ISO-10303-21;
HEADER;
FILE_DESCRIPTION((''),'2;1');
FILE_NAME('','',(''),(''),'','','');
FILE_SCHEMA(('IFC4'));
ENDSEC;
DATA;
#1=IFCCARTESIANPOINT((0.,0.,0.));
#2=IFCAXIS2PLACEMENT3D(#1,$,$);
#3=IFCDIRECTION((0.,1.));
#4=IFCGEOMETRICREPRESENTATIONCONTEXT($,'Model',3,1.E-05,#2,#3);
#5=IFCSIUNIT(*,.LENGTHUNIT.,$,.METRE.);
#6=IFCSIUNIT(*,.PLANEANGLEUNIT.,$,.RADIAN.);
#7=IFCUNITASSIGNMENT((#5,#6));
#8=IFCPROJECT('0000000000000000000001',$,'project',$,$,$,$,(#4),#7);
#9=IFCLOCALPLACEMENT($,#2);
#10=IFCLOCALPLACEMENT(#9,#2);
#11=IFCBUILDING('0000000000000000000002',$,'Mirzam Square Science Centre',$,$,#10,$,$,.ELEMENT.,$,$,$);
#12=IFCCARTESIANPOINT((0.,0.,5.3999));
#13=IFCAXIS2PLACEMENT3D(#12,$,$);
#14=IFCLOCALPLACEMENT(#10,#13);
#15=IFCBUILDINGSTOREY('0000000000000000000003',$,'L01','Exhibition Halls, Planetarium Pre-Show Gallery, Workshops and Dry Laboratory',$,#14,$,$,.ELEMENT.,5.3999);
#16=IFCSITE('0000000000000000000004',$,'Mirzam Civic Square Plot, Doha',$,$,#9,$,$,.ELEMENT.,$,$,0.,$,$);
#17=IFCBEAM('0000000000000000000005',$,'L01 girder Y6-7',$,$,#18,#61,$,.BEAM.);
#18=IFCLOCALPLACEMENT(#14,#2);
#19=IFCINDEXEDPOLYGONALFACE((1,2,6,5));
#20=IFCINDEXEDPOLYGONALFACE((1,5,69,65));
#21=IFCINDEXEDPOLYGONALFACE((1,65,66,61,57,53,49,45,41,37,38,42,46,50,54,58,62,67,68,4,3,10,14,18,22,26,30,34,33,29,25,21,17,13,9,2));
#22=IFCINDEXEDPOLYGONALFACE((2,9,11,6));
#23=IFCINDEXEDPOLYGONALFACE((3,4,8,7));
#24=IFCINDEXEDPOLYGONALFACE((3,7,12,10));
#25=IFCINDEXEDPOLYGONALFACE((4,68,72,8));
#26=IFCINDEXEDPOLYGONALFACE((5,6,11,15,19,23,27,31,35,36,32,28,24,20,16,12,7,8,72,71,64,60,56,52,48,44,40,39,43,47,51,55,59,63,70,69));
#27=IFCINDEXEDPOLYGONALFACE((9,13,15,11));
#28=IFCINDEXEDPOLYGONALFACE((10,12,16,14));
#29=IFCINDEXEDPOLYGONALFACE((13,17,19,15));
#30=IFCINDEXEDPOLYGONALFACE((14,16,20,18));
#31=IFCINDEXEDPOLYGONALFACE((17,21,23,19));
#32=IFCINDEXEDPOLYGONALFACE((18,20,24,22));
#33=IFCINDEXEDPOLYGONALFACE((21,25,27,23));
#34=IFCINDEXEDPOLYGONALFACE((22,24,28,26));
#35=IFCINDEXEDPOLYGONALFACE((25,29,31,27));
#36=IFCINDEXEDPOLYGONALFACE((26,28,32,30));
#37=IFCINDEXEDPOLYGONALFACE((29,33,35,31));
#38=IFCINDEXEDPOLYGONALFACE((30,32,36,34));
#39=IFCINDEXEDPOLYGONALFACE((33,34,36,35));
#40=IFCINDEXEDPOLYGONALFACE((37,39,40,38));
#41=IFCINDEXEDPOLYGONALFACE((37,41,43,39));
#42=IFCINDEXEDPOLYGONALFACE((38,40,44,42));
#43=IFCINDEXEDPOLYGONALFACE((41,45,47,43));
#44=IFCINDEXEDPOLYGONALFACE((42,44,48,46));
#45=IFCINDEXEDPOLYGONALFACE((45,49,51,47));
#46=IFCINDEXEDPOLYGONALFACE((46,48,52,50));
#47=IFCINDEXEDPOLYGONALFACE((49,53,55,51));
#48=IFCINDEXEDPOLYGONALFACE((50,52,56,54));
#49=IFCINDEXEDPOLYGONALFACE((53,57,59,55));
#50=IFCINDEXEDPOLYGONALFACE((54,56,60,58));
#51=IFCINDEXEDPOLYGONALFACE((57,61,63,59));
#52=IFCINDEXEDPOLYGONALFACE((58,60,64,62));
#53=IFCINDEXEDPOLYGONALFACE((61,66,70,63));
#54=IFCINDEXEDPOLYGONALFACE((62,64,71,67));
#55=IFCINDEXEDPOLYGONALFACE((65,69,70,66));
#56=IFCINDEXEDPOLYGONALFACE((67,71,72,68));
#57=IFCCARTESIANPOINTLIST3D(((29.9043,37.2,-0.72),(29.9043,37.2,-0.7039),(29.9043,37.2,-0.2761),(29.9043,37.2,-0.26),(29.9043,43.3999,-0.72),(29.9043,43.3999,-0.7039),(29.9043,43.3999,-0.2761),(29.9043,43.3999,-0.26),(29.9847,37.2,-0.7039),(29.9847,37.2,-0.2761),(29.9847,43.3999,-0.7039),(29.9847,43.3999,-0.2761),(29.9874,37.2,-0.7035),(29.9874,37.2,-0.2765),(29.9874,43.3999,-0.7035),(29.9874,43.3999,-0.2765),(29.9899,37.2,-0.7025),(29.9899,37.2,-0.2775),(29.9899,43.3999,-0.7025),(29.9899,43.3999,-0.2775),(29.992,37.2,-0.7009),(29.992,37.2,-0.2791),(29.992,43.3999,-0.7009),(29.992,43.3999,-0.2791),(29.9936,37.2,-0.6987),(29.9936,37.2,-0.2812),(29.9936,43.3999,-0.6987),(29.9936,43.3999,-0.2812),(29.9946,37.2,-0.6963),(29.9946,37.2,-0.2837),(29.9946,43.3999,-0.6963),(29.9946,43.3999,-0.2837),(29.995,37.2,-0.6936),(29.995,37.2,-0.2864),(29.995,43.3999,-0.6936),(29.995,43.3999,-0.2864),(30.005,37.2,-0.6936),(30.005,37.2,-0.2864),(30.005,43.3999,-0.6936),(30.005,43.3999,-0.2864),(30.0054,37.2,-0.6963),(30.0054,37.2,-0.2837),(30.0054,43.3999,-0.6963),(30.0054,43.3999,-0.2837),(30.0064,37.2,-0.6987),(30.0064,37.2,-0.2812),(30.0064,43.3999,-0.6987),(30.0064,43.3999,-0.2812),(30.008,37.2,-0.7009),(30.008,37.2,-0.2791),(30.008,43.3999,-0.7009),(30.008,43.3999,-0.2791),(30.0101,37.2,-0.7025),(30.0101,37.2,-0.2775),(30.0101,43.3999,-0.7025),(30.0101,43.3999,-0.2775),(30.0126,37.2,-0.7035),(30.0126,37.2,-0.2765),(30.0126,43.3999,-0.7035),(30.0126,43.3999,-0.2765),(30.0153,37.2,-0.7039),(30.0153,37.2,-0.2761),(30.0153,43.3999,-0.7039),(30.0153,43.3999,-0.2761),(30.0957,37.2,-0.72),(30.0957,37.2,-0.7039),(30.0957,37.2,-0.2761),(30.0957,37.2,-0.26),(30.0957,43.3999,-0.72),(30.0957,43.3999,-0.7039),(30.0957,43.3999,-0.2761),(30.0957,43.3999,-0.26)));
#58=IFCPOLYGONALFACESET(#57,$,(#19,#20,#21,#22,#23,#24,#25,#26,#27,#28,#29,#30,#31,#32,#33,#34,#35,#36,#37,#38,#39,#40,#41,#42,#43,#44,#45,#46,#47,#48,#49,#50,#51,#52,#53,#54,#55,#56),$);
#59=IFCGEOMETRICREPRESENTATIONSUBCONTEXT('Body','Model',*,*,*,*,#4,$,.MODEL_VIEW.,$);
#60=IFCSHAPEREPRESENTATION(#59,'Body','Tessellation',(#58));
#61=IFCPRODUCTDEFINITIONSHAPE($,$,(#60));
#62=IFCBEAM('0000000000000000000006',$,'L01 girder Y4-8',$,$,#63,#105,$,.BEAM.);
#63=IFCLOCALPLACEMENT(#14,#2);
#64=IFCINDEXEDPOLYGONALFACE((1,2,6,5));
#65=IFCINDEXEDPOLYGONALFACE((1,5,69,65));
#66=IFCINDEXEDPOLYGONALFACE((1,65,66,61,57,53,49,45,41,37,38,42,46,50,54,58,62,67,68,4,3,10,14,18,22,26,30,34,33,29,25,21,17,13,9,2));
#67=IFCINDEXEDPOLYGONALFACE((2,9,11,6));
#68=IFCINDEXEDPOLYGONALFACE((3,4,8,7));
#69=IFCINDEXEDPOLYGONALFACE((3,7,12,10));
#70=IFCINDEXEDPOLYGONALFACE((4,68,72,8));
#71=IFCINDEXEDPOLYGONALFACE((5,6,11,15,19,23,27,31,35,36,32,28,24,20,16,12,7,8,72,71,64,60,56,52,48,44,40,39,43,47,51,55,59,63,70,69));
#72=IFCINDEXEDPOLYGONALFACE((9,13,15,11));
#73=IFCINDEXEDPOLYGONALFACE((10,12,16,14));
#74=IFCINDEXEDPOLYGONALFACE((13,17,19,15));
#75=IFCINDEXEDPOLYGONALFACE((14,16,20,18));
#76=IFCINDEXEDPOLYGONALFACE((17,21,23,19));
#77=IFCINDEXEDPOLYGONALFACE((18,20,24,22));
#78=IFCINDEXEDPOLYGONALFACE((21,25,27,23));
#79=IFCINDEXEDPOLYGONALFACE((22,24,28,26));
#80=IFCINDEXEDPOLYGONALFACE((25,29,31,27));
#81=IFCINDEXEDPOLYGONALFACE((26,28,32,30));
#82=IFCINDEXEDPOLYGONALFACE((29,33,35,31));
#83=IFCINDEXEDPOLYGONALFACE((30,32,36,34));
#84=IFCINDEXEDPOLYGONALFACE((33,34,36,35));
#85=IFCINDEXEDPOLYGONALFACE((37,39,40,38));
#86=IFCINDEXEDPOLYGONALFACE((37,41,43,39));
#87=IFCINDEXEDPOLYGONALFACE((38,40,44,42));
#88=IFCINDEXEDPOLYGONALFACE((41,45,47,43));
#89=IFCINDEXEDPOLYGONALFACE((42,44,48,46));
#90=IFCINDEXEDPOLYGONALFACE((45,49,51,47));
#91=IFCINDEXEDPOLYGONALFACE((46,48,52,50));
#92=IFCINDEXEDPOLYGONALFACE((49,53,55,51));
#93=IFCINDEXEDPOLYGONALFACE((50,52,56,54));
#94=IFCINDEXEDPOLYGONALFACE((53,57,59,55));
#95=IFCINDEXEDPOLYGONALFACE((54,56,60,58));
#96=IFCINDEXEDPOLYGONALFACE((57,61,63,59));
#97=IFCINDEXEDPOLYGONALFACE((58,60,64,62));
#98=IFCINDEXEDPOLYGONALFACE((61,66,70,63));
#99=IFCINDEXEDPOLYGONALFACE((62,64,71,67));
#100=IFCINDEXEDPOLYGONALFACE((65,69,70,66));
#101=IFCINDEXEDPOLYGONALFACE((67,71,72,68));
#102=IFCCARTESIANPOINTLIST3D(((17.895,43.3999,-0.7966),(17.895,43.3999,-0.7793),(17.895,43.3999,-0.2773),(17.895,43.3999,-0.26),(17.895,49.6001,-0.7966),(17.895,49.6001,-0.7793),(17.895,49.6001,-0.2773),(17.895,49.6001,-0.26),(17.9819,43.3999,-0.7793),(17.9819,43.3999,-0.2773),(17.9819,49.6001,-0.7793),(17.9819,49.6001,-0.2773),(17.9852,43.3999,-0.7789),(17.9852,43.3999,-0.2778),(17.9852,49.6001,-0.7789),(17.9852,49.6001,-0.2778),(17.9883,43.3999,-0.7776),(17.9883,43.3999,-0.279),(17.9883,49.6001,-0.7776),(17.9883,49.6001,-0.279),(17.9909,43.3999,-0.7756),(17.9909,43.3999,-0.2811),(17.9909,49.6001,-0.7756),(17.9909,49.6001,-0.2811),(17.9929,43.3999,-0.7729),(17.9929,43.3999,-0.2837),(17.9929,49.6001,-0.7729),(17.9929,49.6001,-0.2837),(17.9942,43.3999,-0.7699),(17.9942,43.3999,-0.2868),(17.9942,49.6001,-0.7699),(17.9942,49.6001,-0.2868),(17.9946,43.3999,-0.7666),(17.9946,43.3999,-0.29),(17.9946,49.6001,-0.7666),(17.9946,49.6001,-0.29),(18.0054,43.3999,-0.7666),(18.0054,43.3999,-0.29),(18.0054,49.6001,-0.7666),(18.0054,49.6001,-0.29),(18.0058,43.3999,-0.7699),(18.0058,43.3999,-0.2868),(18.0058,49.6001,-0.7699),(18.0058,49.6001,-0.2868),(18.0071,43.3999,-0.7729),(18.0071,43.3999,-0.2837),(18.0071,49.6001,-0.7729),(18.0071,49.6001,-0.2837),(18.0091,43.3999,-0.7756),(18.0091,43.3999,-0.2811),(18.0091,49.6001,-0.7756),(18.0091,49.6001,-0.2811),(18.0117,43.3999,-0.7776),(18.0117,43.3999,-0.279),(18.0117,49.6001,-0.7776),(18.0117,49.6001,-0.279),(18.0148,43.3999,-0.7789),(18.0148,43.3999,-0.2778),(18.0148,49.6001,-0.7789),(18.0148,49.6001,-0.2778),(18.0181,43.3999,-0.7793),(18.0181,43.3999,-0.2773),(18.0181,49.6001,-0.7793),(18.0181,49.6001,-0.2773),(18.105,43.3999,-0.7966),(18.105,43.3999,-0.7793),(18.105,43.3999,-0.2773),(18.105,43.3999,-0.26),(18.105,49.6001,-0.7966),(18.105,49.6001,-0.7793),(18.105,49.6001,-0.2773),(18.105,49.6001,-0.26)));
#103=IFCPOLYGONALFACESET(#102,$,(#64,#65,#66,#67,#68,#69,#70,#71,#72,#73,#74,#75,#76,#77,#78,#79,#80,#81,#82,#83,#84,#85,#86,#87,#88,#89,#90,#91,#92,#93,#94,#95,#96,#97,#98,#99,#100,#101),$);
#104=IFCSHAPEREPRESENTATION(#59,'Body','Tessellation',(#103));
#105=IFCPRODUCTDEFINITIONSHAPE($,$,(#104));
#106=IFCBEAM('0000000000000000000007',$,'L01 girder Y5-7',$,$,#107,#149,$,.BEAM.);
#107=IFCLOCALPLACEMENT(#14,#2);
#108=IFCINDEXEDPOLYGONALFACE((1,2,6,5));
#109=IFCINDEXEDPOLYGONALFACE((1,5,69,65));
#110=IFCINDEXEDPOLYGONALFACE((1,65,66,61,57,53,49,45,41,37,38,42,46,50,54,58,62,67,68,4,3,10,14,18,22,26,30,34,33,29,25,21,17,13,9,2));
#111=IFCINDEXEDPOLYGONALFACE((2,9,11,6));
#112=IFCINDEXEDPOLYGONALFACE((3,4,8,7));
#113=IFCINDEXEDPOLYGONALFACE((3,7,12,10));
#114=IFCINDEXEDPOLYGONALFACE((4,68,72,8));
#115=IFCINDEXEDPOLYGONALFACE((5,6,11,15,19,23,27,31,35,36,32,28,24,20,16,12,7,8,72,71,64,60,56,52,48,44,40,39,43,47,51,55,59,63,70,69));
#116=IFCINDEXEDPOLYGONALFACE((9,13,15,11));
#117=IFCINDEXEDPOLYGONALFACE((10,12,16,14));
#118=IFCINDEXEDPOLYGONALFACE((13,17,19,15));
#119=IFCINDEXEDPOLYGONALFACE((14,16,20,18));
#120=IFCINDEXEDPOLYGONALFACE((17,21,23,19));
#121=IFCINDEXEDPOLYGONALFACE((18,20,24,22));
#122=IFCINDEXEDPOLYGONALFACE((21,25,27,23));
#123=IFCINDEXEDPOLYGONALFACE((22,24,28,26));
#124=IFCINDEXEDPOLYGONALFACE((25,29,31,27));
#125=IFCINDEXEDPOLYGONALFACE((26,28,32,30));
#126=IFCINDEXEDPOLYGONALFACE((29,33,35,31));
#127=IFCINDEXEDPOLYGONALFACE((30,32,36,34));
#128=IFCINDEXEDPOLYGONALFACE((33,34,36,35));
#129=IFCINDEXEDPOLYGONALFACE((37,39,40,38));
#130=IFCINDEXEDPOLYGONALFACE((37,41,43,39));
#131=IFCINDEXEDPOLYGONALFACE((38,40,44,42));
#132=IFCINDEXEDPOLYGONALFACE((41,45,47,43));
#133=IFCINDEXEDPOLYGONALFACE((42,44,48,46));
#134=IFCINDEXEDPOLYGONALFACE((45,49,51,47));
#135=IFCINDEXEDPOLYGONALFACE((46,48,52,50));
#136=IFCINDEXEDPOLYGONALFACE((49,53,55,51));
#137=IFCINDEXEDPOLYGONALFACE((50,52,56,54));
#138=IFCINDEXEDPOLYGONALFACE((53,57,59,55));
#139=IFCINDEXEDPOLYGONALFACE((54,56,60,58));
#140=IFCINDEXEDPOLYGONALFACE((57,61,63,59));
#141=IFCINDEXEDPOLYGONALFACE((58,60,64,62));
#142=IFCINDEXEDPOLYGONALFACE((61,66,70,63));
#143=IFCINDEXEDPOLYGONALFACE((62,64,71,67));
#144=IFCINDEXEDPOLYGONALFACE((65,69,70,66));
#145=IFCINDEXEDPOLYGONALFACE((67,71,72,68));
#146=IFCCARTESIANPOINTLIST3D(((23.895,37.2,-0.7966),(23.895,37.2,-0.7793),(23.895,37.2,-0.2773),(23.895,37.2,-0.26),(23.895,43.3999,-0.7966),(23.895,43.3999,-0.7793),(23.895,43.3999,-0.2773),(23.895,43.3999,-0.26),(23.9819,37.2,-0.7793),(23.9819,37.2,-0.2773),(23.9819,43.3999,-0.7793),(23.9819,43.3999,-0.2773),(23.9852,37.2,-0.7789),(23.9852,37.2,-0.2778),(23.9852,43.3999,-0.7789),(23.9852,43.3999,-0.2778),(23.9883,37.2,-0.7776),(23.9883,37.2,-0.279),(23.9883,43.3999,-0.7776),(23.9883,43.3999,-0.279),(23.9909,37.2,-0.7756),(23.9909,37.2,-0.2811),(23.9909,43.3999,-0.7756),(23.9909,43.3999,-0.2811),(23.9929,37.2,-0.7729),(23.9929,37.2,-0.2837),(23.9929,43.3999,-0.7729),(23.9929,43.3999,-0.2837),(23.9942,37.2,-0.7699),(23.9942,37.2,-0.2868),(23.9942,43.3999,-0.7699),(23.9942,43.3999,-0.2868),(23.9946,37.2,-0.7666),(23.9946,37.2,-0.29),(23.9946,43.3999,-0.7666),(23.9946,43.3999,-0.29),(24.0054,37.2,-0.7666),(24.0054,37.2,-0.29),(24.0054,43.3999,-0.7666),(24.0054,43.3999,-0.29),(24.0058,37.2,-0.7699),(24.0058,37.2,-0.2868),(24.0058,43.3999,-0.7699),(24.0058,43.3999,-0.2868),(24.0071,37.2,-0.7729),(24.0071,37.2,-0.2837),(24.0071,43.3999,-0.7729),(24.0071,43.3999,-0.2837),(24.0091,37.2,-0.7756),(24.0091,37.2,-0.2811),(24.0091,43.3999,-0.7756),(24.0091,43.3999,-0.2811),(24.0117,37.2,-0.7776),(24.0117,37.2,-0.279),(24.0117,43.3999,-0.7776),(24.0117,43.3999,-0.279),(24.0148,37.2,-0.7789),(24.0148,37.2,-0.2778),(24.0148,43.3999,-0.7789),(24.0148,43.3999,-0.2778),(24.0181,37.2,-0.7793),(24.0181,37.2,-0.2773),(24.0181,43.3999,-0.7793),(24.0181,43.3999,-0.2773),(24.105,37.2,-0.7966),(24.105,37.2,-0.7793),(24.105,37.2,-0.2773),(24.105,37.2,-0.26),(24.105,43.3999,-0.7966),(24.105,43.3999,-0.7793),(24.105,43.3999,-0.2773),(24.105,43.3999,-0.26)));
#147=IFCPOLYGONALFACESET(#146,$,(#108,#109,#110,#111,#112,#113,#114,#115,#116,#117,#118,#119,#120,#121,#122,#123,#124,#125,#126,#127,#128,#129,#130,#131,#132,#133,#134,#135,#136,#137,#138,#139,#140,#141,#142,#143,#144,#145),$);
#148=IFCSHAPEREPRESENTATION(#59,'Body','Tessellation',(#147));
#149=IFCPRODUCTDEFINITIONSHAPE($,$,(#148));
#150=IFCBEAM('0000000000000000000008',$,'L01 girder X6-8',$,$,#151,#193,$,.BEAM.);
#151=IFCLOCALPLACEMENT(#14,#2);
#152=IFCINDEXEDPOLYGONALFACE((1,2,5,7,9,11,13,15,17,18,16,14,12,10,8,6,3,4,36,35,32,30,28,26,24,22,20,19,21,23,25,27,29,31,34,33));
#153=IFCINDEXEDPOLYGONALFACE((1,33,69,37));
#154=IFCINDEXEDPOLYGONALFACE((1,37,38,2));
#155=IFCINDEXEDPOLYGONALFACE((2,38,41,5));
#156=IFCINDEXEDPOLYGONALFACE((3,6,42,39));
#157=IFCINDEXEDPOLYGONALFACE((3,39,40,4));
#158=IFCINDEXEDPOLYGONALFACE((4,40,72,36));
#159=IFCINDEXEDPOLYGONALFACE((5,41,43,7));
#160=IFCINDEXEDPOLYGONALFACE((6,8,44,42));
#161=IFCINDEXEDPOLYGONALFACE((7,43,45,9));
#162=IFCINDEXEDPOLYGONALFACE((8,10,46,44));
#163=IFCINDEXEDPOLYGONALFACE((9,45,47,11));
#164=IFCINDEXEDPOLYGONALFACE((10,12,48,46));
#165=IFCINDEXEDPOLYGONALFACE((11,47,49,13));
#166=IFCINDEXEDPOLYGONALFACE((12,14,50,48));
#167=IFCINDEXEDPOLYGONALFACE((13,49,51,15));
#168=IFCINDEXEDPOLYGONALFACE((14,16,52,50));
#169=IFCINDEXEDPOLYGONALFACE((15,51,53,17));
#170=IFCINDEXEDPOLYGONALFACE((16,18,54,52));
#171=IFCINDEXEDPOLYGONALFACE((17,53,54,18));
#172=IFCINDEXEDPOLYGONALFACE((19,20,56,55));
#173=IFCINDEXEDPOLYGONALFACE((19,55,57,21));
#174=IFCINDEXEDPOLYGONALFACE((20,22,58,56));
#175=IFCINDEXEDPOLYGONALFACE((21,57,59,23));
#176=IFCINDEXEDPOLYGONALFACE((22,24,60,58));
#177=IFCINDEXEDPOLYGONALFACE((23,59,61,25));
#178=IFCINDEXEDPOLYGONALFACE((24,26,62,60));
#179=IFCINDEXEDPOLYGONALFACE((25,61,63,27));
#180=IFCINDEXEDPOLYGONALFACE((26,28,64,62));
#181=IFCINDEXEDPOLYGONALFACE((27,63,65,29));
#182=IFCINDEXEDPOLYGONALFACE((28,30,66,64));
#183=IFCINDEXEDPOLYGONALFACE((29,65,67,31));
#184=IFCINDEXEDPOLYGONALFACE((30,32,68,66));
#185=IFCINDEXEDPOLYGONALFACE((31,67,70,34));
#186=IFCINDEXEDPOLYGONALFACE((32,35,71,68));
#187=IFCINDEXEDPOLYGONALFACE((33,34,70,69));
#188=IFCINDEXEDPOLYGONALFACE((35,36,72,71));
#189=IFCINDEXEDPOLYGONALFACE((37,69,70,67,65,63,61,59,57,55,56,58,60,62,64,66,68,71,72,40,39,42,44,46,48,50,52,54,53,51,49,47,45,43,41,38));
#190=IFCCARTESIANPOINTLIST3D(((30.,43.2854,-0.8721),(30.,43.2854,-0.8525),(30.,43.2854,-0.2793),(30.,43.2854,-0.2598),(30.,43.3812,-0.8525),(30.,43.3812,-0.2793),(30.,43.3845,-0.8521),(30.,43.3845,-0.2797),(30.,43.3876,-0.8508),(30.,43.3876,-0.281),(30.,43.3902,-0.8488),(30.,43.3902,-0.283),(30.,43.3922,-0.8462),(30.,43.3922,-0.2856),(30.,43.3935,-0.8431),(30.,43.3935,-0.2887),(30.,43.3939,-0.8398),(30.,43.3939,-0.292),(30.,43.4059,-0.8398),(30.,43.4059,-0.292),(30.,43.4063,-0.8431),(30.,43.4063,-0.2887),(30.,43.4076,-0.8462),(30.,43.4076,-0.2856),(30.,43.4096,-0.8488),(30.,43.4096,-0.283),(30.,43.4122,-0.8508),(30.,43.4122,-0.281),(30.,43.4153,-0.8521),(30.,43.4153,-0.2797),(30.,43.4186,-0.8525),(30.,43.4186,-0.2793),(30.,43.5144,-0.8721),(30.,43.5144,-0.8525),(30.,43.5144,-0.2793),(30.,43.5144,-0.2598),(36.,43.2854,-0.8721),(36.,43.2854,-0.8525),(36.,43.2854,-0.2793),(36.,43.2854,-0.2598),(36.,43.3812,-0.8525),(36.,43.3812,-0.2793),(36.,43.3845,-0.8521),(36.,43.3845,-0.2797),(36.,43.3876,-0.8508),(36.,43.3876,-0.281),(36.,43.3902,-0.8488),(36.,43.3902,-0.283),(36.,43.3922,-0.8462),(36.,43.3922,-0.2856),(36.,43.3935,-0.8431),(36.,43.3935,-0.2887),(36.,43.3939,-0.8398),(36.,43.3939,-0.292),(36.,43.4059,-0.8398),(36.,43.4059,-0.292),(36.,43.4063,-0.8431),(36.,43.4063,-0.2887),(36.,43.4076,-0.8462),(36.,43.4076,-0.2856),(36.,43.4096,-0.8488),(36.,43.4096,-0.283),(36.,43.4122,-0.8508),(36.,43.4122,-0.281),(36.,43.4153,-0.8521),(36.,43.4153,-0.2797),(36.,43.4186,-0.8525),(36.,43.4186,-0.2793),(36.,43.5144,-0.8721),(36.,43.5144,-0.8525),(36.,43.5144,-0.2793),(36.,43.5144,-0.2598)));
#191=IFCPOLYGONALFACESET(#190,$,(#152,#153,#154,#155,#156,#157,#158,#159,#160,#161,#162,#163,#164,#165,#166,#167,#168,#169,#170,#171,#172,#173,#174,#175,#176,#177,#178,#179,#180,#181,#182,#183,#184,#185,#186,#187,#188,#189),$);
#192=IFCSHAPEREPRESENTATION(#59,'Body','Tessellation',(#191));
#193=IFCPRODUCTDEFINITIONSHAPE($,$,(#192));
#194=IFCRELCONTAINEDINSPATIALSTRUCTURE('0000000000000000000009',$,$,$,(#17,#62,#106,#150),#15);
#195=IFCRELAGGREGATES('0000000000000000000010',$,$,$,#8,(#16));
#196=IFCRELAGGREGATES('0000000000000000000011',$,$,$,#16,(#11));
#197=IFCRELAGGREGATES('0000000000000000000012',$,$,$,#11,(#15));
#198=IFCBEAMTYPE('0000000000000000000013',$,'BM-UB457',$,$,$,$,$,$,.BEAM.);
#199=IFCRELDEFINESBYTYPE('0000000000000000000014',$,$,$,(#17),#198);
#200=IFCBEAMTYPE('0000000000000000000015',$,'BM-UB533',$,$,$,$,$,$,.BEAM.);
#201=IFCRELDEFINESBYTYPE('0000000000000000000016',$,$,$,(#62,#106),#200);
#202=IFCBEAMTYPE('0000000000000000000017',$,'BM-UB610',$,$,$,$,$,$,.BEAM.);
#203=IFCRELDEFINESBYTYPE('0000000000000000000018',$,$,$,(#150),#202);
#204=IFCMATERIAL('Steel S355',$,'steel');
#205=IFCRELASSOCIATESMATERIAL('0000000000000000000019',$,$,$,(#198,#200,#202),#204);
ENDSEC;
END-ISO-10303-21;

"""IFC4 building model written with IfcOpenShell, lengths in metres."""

from ifc_helpers import new_model, si_unit, direction, frame, origin, origin_2d, place, context, subcontext, project, spatial, i_section, extrude, material, material_profile, profile_set, type_object, element, save


model = new_model("IFC4")

# Units and contexts
model_context = context("Model", 3, precision=1e-05, world=origin(), true_north=direction((0.0, 1.0)))
body_context = subcontext(model_context, "Body", "Model", "MODEL_VIEW")
ifc_project = project(units=[si_unit("LENGTHUNIT", "METRE"), si_unit("PLANEANGLEUNIT", "RADIAN")], contexts=[model_context])

# Site, building, storey
site_placement = place(None, origin())
site = spatial("IfcSite", under=ifc_project, at=site_placement, Name="Mirzam Civic Square Plot, Doha", CompositionType="ELEMENT", RefElevation=0.0)
building_placement = place(site_placement, origin())
building = spatial("IfcBuilding", under=site, at=building_placement, Name="Mirzam Square Science Centre", CompositionType="ELEMENT")
storey_placement = place(building_placement, frame((0.0, 0.0, 5.3999)))
storey = spatial("IfcBuildingStorey", under=building, at=storey_placement, Name="L01", Description="Exhibition Halls, Planetarium Pre-Show Gallery, Workshops and Dry Laboratory", CompositionType="ELEMENT", Elevation=5.3999)

# Shared definitions
ifc_material_1 = material(Name="Steel S355", Category="steel")

# Beams
ifc_material_profile_1 = material_profile(ifc_material_1, i_section(OverallWidth=0.1914, OverallDepth=0.46, WebThickness=0.01, FlangeThickness=0.0161, FilletRadius=0.0103, at=origin_2d()), Name="457x191x82UB")
ifc_profile_set_1 = profile_set([ifc_material_profile_1], Name="Steel S355")
beam_type_1 = type_object("IfcBeamType", Name="BM-UB457", PredefinedType="BEAM", material=ifc_profile_set_1)
beam_1_placement = place(storey_placement, frame((30.0, 37.2, -0.49), z_axis=(0.0, 1.0, 0.0), x_axis=(-1.0, 0.0, 0.0)))
element("IfcBeam", 1, at=beam_1_placement, inside=storey, type_object=beam_type_1, Name="L01 girder Y6-7", PredefinedType="BEAM", context=body_context, shape_type="SweptSolid", body=[
    extrude(i_section(OverallWidth=0.1914, OverallDepth=0.46, WebThickness=0.01, FlangeThickness=0.0161, FilletRadius=0.0103, at=origin_2d()), origin(), (0.0, 0.0, 1.0), 6.2),
])
ifc_material_profile_2 = material_profile(ifc_material_1, i_section(OverallWidth=0.21, OverallDepth=0.5366, WebThickness=0.0107, FlangeThickness=0.0173, FilletRadius=0.0127, at=origin_2d()), Name="533x210x101UB")
ifc_profile_set_2 = profile_set([ifc_material_profile_2], Name="Steel S355")
beam_type_2 = type_object("IfcBeamType", Name="BM-UB533", PredefinedType="BEAM", material=ifc_profile_set_2)
beam_2_placement = place(storey_placement, frame((18.0, 43.3999, -0.5283), z_axis=(0.0, 1.0, 0.0), x_axis=(-1.0, 0.0, 0.0)))
element("IfcBeam", 2, at=beam_2_placement, inside=storey, type_object=beam_type_2, Name="L01 girder Y4-8", PredefinedType="BEAM", context=body_context, shape_type="SweptSolid", body=[
    extrude(i_section(OverallWidth=0.21, OverallDepth=0.5366, WebThickness=0.0107, FlangeThickness=0.0173, FilletRadius=0.0127, at=origin_2d()), origin(), (0.0, 0.0, 1.0), 6.2002),
])
beam_3_placement = place(storey_placement, frame((24.0, 37.2, -0.5283), z_axis=(0.0, 1.0, 0.0), x_axis=(-1.0, 0.0, 0.0)))
element("IfcBeam", 3, at=beam_3_placement, inside=storey, type_object=beam_type_2, Name="L01 girder Y5-7", PredefinedType="BEAM", context=body_context, shape_type="SweptSolid", body=[
    extrude(i_section(OverallWidth=0.21, OverallDepth=0.5366, WebThickness=0.0107, FlangeThickness=0.0173, FilletRadius=0.0127, at=origin_2d()), origin(), (0.0, 0.0, 1.0), 6.2),
])
ifc_material_profile_3 = material_profile(ifc_material_1, i_section(OverallWidth=0.229, OverallDepth=0.6123, WebThickness=0.012, FlangeThickness=0.0195, FilletRadius=0.0127, at=origin_2d()), Name="610x229x125UB")
ifc_profile_set_3 = profile_set([ifc_material_profile_3], Name="Steel S355")
beam_type_3 = type_object("IfcBeamType", Name="BM-UB610", PredefinedType="BEAM", material=ifc_profile_set_3)
for number, where, z_axis, x_axis, name in (
    (4, (30.0, 43.3999, -0.5659), (1.0, 0.0, 0.0), (0.0, 1.0, 0.0), "L01 girder X6-8"),
):
    element("IfcBeam", number, at=place(storey_placement, frame(where, z_axis=z_axis, x_axis=x_axis)), inside=storey, type_object=beam_type_3, Name=name, PredefinedType="BEAM", context=body_context, shape_type="SweptSolid", body=[
        extrude(i_section(OverallWidth=0.229, OverallDepth=0.6123, WebThickness=0.012, FlangeThickness=0.0195, FilletRadius=0.0127, at=origin_2d()), origin(), (0.0, 0.0, 1.0), 6.0),
    ])

save(model, "model.ifc")
